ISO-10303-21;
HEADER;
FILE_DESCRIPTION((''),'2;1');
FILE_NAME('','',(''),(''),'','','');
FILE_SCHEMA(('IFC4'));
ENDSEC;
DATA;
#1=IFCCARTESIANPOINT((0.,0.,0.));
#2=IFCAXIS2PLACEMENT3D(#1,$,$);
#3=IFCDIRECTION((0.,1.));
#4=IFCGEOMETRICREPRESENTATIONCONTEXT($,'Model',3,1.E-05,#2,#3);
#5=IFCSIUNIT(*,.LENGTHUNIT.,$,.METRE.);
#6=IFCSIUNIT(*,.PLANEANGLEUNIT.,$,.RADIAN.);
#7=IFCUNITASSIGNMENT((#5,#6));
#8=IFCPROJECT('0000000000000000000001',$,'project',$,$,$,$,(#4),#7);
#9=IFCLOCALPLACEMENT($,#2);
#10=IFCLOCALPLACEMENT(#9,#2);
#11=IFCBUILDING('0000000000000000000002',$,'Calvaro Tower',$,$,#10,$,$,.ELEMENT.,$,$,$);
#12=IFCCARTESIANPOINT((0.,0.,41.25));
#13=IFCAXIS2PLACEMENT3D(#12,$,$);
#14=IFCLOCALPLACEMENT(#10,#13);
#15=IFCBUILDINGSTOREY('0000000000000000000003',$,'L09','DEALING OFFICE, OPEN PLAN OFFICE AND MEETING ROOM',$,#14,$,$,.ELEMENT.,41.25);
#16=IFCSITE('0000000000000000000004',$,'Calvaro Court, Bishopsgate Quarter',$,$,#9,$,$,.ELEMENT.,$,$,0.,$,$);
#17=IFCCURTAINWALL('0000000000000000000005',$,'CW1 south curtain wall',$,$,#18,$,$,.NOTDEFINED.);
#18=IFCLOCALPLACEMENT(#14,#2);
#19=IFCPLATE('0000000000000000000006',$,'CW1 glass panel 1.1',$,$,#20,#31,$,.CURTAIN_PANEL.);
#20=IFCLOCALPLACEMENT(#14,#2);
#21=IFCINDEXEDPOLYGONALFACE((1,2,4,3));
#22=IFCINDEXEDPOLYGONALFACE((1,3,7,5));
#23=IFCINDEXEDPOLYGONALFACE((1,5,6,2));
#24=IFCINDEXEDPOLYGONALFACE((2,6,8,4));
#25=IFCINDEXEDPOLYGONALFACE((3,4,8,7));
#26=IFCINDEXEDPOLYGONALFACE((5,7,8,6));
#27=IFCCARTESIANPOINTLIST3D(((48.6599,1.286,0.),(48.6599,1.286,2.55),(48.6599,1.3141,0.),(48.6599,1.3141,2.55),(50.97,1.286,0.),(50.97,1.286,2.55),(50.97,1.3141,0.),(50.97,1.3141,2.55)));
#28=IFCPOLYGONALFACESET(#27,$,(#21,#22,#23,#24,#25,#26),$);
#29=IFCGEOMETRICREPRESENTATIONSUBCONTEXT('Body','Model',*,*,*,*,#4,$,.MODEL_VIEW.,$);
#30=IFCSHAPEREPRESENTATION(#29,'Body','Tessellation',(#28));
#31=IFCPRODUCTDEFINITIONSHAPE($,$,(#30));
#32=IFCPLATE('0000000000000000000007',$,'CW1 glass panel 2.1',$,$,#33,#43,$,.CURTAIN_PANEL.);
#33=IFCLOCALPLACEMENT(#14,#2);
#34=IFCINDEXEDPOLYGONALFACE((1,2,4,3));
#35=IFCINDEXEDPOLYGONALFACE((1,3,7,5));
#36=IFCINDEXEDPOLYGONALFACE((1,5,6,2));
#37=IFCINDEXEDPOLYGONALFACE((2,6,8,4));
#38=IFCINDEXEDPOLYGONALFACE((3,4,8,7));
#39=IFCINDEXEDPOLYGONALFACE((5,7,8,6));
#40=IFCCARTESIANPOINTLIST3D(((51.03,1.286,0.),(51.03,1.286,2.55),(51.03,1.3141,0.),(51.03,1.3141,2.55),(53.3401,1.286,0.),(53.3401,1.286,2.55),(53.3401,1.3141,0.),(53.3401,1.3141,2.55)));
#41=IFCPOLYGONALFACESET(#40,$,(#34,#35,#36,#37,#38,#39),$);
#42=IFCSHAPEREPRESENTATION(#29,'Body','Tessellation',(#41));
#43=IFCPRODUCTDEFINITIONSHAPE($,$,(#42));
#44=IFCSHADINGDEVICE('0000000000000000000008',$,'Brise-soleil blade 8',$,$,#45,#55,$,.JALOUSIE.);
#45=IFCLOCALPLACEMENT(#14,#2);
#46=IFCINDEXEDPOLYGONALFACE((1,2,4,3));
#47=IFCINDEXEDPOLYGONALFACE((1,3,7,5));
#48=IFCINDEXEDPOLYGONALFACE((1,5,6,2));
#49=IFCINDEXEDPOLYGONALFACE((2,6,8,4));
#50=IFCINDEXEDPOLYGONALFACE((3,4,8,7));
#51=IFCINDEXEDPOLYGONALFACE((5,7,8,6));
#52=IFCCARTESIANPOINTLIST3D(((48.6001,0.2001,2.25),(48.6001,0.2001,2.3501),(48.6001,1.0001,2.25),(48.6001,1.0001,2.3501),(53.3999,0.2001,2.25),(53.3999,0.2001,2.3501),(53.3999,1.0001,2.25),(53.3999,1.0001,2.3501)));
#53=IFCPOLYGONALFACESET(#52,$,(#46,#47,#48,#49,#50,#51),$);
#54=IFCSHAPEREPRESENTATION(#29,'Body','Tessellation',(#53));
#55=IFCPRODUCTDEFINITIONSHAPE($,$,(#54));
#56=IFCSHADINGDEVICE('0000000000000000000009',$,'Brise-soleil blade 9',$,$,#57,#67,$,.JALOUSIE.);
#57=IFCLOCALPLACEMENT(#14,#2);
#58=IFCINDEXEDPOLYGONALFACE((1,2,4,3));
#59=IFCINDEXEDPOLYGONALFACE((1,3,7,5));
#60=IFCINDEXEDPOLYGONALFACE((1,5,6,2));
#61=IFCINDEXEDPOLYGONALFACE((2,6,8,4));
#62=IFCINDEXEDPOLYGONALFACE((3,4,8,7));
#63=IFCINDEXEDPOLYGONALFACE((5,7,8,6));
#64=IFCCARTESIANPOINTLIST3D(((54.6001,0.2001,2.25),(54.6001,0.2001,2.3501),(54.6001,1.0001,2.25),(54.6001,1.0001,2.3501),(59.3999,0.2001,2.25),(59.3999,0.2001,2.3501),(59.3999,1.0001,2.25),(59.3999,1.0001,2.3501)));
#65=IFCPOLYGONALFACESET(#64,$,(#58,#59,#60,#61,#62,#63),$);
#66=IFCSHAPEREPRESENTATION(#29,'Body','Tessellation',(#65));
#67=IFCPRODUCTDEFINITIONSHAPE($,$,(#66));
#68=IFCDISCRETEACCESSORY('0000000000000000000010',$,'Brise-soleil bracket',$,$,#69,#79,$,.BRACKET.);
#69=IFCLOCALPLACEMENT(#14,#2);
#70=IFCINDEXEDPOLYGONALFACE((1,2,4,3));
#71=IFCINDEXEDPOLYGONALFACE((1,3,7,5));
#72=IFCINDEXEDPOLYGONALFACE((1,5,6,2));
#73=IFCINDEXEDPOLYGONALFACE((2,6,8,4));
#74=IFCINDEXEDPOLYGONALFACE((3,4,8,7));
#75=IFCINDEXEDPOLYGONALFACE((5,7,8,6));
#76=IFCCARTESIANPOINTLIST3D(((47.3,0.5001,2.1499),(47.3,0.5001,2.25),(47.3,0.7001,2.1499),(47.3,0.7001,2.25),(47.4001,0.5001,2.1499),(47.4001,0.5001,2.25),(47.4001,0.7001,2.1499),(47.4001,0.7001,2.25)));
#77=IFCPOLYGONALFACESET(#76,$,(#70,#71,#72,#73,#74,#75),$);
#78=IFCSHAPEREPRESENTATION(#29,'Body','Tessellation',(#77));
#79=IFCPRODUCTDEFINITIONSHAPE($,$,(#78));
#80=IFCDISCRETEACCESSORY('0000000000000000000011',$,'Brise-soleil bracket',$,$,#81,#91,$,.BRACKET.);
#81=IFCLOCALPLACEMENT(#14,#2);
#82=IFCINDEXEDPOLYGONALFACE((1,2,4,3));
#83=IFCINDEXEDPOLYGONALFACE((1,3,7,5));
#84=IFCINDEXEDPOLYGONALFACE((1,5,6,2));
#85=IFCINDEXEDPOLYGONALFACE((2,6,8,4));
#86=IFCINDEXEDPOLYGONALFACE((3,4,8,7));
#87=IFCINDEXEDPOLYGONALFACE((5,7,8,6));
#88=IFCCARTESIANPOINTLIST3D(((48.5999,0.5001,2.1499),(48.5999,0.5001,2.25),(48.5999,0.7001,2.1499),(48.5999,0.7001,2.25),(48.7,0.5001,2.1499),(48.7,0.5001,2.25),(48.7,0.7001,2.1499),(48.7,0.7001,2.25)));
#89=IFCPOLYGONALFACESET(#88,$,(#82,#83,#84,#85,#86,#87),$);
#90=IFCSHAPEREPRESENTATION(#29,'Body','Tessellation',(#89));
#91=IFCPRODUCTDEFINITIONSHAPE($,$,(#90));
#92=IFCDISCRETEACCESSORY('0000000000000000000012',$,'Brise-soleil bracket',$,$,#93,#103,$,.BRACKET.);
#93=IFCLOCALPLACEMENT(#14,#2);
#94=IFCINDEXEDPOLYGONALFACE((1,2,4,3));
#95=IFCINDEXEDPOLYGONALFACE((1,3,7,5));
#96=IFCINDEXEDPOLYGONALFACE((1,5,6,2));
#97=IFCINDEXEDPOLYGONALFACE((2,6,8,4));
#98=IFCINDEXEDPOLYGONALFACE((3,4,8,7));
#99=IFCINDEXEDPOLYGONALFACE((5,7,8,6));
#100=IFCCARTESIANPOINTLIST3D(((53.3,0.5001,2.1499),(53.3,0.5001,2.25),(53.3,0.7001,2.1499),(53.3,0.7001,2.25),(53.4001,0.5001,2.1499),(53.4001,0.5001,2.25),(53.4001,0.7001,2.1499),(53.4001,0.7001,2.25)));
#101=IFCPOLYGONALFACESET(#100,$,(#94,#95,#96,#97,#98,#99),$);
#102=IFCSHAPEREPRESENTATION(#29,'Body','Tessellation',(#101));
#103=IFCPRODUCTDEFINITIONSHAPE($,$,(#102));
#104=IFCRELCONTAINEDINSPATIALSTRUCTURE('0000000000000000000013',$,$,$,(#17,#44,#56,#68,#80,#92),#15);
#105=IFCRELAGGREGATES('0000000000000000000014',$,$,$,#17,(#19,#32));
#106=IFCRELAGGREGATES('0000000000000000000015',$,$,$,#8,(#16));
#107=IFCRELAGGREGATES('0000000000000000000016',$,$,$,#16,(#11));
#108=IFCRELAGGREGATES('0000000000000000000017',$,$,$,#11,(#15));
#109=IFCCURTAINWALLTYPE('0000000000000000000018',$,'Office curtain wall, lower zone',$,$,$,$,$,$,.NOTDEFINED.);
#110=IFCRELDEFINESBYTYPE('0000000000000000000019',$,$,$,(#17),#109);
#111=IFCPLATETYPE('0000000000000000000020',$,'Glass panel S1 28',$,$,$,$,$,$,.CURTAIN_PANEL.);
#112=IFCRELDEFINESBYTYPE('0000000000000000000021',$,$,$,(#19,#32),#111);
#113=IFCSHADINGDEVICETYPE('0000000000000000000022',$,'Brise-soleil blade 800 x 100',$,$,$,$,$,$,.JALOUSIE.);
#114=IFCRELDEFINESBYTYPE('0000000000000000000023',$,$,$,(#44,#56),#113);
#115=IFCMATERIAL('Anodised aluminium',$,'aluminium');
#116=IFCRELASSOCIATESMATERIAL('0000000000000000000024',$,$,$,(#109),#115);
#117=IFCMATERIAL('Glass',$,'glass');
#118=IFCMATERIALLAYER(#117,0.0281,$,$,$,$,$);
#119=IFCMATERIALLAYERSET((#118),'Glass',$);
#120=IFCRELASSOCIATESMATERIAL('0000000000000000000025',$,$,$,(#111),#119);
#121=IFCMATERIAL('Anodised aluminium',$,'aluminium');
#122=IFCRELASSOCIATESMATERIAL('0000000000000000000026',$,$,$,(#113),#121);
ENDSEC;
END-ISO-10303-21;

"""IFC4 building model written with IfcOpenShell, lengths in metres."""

from ifc_helpers import new_model, si_unit, direction, frame, origin, origin_2d, place, context, subcontext, project, spatial, rectangle, extrude, material, layer, layer_set, material_profile, profile_set, type_object, element, aggregate, save


model = new_model("IFC4")

# Units and contexts
model_context = context("Model", 3, precision=1e-05, world=origin(), true_north=direction((0.0, 1.0)))
body_context = subcontext(model_context, "Body", "Model", "MODEL_VIEW")
ifc_project = project(units=[si_unit("LENGTHUNIT", "METRE"), si_unit("PLANEANGLEUNIT", "RADIAN")], contexts=[model_context])

# Site, building, storey
site_placement = place(None, origin())
site = spatial("IfcSite", under=ifc_project, at=site_placement, Name="Calvaro Court, Bishopsgate Quarter", CompositionType="ELEMENT", RefElevation=0.0)
building_placement = place(site_placement, origin())
building = spatial("IfcBuilding", under=site, at=building_placement, Name="Calvaro Tower", CompositionType="ELEMENT")
storey_placement = place(building_placement, frame((0.0, 0.0, 41.25)))
storey = spatial("IfcBuildingStorey", under=building, at=storey_placement, Name="L09", Description="DEALING OFFICE, OPEN PLAN OFFICE AND MEETING ROOM", CompositionType="ELEMENT", Elevation=41.25)

# Curtain wall
ifc_material_1 = material(Name="Anodised aluminium", Category="aluminium")
curtain_wall_type = type_object("IfcCurtainWallType", Name="Office curtain wall, lower zone", PredefinedType="NOTDEFINED", material=ifc_material_1)
curtain_wall_1_placement = place(storey_placement, origin())
curtain_wall_1 = element("IfcCurtainWall", 1, at=curtain_wall_1_placement, inside=storey, type_object=curtain_wall_type, Name="CW1 south curtain wall", PredefinedType="NOTDEFINED")

# Plates
ifc_material_2 = material(Name="Glass", Category="glass")
ifc_layer = layer(ifc_material_2, 0.0281)
ifc_layer_set = layer_set([ifc_layer], Name="Glass")
plate_type = type_object("IfcPlateType", Name="Glass panel S1 28", PredefinedType="CURTAIN_PANEL", material=ifc_layer_set)
plate_1_placement = place(storey_placement, frame((49.8149, 1.3, 0.0), z_axis=(0.0, 0.0, 1.0), x_axis=(1.0, 0.0, 0.0)))
plate_1 = element("IfcPlate", 2, at=plate_1_placement, type_object=plate_type, Name="CW1 glass panel 1.1", PredefinedType="CURTAIN_PANEL", context=body_context, shape_type="SweptSolid", body=[
    extrude(rectangle(XDim=2.3101, YDim=0.0281, at=origin_2d()), origin(), (0.0, 0.0, 1.0), 2.55),
])
plate_2_placement = place(storey_placement, frame((52.1851, 1.3, 0.0), z_axis=(0.0, 0.0, 1.0), x_axis=(1.0, 0.0, 0.0)))
plate_2 = element("IfcPlate", 3, at=plate_2_placement, type_object=plate_type, Name="CW1 glass panel 2.1", PredefinedType="CURTAIN_PANEL", context=body_context, shape_type="SweptSolid", body=[
    extrude(rectangle(XDim=2.3101, YDim=0.0281, at=origin_2d()), origin(), (0.0, 0.0, 1.0), 2.55),
])
aggregate(curtain_wall_1, [plate_1, plate_2])

# Shading devices
ifc_material_3 = material(Name="Anodised aluminium", Category="aluminium")
ifc_material_profile_1 = material_profile(ifc_material_3, rectangle(XDim=0.8, YDim=0.1001, at=origin_2d()), Name="Brise-soleil blade 800 x 100")
ifc_profile_set_1 = profile_set([ifc_material_profile_1], Name="Anodised aluminium")
shading_device_type = type_object("IfcShadingDeviceType", Name="Brise-soleil blade 800 x 100", PredefinedType="JALOUSIE", material=ifc_profile_set_1)
for number, where, z_axis, x_axis, name in (
    (4, (48.6001, 0.6001, 2.3), (1.0, 0.0, 0.0), (0.0, 1.0, 0.0), "Brise-soleil blade 8"),
    (5, (54.6001, 0.6001, 2.3), (1.0, 0.0, 0.0), (0.0, 1.0, 0.0), "Brise-soleil blade 9"),
):
    element("IfcShadingDevice", number, at=place(storey_placement, frame(where, z_axis=z_axis, x_axis=x_axis)), inside=storey, type_object=shading_device_type, Name=name, PredefinedType="JALOUSIE", context=body_context, shape_type="SweptSolid", body=[
        extrude(rectangle(XDim=0.8, YDim=0.1001, at=origin_2d()), origin(), (0.0, 0.0, 1.0), 4.7998),
    ])

# Discrete accessories
for number, where, z_axis, x_axis, name in (
    (6, (47.3501, 0.6001, 2.1499), (0.0, 0.0, 1.0), (1.0, 0.0, 0.0), "Brise-soleil bracket"),
    (7, (48.6499, 0.6001, 2.1499), (0.0, 0.0, 1.0), (1.0, 0.0, 0.0), "Brise-soleil bracket"),
    (8, (53.3501, 0.6001, 2.1499), (0.0, 0.0, 1.0), (1.0, 0.0, 0.0), "Brise-soleil bracket"),
):
    element("IfcDiscreteAccessory", number, at=place(storey_placement, frame(where, z_axis=z_axis, x_axis=x_axis)), inside=storey, Name=name, PredefinedType="BRACKET", context=body_context, shape_type="SweptSolid", body=[
        extrude(rectangle(XDim=0.1001, YDim=0.2, at=origin_2d()), origin(), (0.0, 0.0, 1.0), 0.1001),
    ])

save(model, "model.ifc")
